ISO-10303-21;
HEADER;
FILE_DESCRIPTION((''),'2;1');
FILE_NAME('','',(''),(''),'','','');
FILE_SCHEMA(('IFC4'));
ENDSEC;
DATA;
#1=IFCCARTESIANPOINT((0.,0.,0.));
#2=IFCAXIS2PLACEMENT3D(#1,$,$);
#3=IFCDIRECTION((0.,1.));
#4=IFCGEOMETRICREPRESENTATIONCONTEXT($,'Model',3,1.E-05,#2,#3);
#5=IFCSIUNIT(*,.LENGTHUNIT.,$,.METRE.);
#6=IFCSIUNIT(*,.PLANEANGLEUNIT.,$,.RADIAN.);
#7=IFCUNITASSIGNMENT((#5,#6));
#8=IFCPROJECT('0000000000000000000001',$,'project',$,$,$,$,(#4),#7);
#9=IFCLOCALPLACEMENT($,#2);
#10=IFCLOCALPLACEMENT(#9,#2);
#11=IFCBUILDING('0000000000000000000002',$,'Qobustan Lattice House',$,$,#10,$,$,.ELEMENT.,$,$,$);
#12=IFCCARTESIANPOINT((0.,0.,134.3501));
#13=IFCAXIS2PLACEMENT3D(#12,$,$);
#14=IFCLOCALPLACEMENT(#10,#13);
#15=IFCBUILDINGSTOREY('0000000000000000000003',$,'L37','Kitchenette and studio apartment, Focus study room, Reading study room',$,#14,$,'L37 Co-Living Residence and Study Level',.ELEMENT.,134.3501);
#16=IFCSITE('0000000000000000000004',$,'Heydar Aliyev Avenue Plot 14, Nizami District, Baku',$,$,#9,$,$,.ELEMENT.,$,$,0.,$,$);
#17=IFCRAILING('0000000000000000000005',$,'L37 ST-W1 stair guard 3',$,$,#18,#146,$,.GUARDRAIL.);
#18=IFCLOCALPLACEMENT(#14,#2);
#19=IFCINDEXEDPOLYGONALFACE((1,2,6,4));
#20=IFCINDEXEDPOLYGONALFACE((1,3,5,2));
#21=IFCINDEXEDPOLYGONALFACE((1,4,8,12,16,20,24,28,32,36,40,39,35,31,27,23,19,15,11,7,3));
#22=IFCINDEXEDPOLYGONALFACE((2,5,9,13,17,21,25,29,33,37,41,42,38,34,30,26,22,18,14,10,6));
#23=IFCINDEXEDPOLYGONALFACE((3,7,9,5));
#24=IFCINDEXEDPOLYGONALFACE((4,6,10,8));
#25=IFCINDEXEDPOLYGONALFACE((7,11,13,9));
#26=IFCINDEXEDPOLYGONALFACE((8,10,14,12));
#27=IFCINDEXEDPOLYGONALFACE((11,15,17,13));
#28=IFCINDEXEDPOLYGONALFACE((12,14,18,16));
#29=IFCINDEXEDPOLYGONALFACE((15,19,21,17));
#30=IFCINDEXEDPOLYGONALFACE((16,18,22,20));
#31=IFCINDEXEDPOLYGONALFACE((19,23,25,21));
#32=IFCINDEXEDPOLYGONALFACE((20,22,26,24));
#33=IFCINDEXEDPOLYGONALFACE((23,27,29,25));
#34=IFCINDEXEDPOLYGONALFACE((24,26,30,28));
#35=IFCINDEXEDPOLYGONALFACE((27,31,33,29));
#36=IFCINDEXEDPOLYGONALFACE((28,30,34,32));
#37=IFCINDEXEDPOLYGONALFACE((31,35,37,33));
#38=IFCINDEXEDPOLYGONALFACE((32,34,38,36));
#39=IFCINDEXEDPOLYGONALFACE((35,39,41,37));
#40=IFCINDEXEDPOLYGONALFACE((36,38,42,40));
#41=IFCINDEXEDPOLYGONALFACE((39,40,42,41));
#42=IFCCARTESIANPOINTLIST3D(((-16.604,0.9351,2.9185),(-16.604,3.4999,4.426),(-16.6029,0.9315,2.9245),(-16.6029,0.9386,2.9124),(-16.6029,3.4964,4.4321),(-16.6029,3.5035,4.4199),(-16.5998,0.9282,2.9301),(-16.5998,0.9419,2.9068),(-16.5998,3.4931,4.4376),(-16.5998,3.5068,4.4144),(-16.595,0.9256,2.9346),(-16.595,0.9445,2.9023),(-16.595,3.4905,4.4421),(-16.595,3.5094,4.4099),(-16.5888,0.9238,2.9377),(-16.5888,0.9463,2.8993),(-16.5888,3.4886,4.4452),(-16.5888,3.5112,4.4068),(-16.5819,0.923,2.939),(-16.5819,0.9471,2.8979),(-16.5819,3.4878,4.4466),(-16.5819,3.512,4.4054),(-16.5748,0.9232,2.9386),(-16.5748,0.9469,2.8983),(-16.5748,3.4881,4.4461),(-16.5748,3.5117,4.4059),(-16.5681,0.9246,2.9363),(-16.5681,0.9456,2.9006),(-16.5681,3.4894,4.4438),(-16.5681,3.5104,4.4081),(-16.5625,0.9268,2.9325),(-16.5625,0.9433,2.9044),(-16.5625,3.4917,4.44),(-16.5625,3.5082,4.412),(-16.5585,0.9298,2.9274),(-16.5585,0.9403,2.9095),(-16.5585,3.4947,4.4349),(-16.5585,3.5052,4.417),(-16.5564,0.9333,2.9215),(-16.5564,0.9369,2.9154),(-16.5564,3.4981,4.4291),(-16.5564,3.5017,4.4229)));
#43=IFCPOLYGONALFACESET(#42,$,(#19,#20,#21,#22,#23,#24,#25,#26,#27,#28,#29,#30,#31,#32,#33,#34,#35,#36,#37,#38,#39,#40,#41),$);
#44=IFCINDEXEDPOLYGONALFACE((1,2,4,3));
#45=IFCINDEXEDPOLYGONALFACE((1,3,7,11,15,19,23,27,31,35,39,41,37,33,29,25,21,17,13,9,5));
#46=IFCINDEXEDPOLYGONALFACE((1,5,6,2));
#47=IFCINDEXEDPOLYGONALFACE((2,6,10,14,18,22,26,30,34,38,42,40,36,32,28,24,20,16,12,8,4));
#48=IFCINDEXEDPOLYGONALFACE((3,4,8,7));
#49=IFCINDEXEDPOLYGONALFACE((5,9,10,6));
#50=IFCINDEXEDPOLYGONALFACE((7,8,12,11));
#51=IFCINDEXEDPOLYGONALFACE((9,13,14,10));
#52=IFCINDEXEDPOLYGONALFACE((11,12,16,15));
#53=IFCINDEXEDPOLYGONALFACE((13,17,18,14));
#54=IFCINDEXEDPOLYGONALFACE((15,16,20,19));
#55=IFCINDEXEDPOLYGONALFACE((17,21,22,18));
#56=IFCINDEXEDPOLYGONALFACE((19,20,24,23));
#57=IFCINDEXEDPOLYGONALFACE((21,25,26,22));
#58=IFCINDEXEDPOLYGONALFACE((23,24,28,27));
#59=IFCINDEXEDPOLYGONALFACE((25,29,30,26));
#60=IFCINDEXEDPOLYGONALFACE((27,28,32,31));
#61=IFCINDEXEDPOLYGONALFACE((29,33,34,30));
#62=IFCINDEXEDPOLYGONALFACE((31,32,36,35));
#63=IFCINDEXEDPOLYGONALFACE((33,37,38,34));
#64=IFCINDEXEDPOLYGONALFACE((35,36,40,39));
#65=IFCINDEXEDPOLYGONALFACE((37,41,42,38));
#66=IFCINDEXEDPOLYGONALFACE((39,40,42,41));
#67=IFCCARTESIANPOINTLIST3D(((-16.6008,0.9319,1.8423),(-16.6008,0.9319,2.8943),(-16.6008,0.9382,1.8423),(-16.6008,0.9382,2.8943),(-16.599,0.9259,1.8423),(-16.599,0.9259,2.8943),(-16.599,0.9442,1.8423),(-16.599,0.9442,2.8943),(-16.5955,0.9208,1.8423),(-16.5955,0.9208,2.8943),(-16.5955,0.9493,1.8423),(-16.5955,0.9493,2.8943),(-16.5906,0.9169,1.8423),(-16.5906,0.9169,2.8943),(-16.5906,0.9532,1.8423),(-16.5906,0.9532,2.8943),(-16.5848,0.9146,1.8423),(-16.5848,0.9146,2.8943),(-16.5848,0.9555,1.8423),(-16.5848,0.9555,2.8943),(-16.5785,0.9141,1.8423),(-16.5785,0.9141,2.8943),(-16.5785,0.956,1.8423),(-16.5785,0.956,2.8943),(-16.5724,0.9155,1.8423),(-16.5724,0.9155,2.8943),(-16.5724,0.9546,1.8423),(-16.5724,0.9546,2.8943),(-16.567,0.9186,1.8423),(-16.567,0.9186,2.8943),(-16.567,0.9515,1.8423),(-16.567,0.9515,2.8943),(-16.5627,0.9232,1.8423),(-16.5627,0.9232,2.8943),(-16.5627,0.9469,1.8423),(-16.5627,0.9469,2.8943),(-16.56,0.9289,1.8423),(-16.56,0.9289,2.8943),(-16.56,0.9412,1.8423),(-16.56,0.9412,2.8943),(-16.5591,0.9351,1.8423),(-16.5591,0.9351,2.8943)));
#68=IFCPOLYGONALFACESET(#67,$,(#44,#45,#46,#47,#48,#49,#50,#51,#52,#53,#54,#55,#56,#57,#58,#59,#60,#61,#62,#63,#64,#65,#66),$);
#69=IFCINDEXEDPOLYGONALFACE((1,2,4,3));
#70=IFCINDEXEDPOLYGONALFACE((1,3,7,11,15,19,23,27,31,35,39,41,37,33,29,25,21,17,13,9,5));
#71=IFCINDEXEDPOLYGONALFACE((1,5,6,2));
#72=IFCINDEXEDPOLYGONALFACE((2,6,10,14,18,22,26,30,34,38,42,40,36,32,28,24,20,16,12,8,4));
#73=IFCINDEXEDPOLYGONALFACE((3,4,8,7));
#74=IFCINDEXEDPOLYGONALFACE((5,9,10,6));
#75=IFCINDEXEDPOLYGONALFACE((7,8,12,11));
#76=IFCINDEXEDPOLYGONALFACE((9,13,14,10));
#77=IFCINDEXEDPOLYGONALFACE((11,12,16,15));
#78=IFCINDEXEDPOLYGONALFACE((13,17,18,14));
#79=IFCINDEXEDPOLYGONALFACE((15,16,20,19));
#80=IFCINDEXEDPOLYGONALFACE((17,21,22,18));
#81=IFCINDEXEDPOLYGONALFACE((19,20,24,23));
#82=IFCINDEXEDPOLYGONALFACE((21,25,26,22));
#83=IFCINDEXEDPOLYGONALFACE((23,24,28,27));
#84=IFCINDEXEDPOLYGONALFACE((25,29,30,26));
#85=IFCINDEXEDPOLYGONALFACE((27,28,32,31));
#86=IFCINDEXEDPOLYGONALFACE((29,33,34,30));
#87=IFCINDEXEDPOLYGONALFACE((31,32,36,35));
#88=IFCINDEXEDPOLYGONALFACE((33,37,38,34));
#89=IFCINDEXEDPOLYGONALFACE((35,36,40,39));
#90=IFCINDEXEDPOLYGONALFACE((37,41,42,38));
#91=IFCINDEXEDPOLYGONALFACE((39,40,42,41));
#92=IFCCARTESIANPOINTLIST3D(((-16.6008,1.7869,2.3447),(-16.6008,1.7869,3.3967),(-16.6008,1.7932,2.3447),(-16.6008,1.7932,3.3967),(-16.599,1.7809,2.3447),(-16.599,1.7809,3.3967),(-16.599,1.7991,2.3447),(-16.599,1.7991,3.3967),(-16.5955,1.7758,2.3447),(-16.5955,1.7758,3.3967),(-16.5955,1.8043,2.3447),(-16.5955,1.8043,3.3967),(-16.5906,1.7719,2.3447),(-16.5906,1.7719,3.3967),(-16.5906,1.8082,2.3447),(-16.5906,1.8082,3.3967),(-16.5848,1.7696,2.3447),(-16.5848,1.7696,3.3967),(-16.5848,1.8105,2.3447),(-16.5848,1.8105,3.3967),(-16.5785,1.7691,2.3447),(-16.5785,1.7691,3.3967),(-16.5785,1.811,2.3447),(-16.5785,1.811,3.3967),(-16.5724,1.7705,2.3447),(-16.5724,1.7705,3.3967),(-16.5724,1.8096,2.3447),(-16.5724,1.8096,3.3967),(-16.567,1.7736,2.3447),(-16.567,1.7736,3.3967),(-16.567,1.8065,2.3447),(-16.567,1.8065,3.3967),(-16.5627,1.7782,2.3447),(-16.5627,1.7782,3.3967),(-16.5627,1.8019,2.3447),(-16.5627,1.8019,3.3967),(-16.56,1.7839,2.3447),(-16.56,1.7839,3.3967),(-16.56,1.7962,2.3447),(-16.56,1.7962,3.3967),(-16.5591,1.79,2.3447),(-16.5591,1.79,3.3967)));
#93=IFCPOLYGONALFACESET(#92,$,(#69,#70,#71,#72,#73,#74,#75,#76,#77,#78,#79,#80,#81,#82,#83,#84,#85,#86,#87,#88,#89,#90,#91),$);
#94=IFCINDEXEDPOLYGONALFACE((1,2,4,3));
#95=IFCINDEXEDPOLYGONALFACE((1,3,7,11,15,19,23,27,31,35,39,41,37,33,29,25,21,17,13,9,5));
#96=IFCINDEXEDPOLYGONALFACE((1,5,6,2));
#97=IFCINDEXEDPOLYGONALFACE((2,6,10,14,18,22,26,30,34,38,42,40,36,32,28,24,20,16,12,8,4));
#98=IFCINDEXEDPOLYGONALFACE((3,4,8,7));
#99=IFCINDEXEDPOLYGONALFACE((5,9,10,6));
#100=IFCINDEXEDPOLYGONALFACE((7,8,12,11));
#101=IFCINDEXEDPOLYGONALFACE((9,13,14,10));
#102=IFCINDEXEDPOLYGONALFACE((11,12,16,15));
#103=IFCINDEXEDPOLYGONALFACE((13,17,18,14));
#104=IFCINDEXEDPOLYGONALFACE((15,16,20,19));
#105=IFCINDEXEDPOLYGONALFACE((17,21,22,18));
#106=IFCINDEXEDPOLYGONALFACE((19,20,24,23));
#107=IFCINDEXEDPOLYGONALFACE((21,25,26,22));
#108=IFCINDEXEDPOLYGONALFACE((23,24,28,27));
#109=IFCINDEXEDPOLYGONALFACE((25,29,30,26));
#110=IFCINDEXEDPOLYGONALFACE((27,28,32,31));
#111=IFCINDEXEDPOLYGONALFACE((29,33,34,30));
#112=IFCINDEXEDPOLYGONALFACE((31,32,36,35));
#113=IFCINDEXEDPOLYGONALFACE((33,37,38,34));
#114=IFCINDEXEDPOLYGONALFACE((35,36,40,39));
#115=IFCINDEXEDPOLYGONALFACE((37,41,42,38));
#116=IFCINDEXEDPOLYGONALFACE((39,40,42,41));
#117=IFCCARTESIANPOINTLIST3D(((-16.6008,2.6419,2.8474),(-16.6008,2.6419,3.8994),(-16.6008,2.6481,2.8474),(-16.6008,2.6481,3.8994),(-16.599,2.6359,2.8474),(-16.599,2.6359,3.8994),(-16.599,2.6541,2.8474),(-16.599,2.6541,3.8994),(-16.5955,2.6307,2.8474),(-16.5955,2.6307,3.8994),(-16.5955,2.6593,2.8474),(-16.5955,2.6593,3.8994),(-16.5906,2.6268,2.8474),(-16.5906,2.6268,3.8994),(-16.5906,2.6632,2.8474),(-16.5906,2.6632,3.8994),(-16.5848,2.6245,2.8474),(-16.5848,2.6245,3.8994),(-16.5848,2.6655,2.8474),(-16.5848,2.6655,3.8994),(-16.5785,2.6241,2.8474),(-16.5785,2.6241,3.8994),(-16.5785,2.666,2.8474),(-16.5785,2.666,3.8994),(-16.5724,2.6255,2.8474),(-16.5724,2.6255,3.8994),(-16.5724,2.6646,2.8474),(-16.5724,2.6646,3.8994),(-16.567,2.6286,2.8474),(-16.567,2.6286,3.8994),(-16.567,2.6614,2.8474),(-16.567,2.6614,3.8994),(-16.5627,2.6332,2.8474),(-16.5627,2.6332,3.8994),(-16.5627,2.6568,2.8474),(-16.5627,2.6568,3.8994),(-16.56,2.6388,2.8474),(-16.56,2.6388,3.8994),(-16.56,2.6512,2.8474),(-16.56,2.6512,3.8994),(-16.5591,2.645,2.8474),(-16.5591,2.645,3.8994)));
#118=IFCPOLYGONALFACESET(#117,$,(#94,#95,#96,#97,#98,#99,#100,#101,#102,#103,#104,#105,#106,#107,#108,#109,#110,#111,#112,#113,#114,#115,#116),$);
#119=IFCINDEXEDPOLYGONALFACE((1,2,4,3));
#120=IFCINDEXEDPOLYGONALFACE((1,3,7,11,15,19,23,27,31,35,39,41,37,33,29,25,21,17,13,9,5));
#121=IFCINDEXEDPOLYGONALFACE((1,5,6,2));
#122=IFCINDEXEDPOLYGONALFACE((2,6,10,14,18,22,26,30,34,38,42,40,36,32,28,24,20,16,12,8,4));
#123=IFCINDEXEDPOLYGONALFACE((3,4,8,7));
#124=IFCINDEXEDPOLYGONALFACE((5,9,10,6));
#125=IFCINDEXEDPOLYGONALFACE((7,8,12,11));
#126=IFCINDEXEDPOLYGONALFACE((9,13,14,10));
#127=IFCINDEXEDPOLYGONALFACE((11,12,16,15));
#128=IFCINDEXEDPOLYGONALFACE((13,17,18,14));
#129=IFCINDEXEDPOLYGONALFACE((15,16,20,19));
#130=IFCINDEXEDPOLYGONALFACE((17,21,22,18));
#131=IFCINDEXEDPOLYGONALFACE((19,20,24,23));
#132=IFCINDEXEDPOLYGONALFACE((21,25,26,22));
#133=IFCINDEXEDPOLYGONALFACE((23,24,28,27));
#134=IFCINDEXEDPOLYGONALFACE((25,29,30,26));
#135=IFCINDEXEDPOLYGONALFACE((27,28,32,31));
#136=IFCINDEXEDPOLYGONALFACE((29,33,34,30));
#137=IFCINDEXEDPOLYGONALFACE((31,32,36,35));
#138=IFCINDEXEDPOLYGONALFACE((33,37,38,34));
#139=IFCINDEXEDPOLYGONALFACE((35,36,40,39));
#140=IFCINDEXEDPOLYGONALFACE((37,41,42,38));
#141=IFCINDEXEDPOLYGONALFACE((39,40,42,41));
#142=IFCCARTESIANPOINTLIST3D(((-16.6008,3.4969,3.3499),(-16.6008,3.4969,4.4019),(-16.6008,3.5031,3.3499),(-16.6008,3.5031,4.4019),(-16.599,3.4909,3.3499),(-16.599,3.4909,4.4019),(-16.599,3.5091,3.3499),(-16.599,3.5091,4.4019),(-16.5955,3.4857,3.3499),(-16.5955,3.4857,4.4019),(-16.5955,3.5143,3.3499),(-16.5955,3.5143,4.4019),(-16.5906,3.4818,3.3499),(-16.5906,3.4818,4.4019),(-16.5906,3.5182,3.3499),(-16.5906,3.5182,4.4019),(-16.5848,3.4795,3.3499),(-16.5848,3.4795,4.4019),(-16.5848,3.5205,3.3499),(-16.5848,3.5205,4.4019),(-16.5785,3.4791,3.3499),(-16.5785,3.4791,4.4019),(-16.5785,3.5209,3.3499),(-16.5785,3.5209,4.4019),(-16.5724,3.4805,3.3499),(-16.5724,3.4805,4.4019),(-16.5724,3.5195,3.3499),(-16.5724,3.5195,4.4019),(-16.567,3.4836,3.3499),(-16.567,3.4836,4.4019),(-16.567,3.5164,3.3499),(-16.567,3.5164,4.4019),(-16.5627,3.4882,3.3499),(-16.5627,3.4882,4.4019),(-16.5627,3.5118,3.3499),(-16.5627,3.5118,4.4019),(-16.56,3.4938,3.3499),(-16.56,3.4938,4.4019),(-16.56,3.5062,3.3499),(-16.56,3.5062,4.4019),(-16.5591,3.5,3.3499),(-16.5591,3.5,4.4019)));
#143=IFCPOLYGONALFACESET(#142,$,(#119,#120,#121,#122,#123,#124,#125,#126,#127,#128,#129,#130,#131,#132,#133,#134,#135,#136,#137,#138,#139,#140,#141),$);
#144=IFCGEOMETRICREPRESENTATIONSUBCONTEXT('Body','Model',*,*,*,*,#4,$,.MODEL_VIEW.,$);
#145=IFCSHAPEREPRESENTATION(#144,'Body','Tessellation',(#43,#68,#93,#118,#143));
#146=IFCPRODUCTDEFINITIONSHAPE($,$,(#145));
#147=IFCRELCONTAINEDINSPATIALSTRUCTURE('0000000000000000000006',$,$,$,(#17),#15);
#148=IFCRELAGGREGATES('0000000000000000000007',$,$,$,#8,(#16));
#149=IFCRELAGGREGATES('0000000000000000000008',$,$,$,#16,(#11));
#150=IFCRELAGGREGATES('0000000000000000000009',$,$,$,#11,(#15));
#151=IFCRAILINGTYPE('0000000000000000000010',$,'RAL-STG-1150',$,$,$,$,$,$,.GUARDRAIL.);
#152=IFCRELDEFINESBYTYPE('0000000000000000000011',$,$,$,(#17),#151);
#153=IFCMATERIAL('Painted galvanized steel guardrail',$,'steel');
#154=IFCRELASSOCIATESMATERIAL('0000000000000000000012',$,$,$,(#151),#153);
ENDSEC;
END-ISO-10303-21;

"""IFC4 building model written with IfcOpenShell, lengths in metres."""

from ifc_helpers import new_model, si_unit, direction, frame, origin, origin_2d, place, context, subcontext, project, spatial, circle, extrude, material, type_object, element, save


model = new_model("IFC4")

# Units and contexts
model_context = context("Model", 3, precision=1e-05, world=origin(), true_north=direction((0.0, 1.0)))
body_context = subcontext(model_context, "Body", "Model", "MODEL_VIEW")
ifc_project = project(units=[si_unit("LENGTHUNIT", "METRE"), si_unit("PLANEANGLEUNIT", "RADIAN")], contexts=[model_context])

# Site, building, storey
site_placement = place(None, origin())
site = spatial("IfcSite", under=ifc_project, at=site_placement, Name="Heydar Aliyev Avenue Plot 14, Nizami District, Baku", CompositionType="ELEMENT", RefElevation=0.0)
building_placement = place(site_placement, origin())
building = spatial("IfcBuilding", under=site, at=building_placement, Name="Qobustan Lattice House", CompositionType="ELEMENT")
storey_placement = place(building_placement, frame((0.0, 0.0, 134.3501)))
storey = spatial("IfcBuildingStorey", under=building, at=storey_placement, Name="L37", Description="Kitchenette and studio apartment, Focus study room, Reading study room", LongName="L37 Co-Living Residence and Study Level", CompositionType="ELEMENT", Elevation=134.3501)

# Railing
ifc_material_1 = material(Name="Painted galvanized steel guardrail", Category="steel")
railing_type_1 = type_object("IfcRailingType", Name="RAL-STG-1150", PredefinedType="GUARDRAIL", material=ifc_material_1)
railing_1_placement = place(storey_placement, frame((-16.5801, 0.9351, 1.8423)))
element("IfcRailing", 1, at=railing_1_placement, inside=storey, type_object=railing_type_1, Name="L37 ST-W1 stair guard 3", PredefinedType="GUARDRAIL", context=body_context, shape_type="SweptSolid", body=[
    extrude(circle(Radius=0.0239, at=origin_2d()), frame((0.0, 0.0, 1.0762), z_axis=(0.0, 0.862113, 0.506715), x_axis=(-1.0, 0.0, 0.0)), (0.0, 0.0, 1.0), 2.9751),
    extrude(circle(Radius=0.021, at=origin_2d()), origin(), (0.0, 0.0, 1.0), 1.052),
    extrude(circle(Radius=0.021, at=origin_2d()), frame((0.0, 0.855, 0.5024)), (0.0, 0.0, 1.0), 1.052),
    extrude(circle(Radius=0.021, at=origin_2d()), frame((0.0, 1.71, 1.0051)), (0.0, 0.0, 1.0), 1.052),
    extrude(circle(Radius=0.021, at=origin_2d()), frame((0.0, 2.5649, 1.5076)), (0.0, 0.0, 1.0), 1.052),
])

save(model, "model.ifc")
